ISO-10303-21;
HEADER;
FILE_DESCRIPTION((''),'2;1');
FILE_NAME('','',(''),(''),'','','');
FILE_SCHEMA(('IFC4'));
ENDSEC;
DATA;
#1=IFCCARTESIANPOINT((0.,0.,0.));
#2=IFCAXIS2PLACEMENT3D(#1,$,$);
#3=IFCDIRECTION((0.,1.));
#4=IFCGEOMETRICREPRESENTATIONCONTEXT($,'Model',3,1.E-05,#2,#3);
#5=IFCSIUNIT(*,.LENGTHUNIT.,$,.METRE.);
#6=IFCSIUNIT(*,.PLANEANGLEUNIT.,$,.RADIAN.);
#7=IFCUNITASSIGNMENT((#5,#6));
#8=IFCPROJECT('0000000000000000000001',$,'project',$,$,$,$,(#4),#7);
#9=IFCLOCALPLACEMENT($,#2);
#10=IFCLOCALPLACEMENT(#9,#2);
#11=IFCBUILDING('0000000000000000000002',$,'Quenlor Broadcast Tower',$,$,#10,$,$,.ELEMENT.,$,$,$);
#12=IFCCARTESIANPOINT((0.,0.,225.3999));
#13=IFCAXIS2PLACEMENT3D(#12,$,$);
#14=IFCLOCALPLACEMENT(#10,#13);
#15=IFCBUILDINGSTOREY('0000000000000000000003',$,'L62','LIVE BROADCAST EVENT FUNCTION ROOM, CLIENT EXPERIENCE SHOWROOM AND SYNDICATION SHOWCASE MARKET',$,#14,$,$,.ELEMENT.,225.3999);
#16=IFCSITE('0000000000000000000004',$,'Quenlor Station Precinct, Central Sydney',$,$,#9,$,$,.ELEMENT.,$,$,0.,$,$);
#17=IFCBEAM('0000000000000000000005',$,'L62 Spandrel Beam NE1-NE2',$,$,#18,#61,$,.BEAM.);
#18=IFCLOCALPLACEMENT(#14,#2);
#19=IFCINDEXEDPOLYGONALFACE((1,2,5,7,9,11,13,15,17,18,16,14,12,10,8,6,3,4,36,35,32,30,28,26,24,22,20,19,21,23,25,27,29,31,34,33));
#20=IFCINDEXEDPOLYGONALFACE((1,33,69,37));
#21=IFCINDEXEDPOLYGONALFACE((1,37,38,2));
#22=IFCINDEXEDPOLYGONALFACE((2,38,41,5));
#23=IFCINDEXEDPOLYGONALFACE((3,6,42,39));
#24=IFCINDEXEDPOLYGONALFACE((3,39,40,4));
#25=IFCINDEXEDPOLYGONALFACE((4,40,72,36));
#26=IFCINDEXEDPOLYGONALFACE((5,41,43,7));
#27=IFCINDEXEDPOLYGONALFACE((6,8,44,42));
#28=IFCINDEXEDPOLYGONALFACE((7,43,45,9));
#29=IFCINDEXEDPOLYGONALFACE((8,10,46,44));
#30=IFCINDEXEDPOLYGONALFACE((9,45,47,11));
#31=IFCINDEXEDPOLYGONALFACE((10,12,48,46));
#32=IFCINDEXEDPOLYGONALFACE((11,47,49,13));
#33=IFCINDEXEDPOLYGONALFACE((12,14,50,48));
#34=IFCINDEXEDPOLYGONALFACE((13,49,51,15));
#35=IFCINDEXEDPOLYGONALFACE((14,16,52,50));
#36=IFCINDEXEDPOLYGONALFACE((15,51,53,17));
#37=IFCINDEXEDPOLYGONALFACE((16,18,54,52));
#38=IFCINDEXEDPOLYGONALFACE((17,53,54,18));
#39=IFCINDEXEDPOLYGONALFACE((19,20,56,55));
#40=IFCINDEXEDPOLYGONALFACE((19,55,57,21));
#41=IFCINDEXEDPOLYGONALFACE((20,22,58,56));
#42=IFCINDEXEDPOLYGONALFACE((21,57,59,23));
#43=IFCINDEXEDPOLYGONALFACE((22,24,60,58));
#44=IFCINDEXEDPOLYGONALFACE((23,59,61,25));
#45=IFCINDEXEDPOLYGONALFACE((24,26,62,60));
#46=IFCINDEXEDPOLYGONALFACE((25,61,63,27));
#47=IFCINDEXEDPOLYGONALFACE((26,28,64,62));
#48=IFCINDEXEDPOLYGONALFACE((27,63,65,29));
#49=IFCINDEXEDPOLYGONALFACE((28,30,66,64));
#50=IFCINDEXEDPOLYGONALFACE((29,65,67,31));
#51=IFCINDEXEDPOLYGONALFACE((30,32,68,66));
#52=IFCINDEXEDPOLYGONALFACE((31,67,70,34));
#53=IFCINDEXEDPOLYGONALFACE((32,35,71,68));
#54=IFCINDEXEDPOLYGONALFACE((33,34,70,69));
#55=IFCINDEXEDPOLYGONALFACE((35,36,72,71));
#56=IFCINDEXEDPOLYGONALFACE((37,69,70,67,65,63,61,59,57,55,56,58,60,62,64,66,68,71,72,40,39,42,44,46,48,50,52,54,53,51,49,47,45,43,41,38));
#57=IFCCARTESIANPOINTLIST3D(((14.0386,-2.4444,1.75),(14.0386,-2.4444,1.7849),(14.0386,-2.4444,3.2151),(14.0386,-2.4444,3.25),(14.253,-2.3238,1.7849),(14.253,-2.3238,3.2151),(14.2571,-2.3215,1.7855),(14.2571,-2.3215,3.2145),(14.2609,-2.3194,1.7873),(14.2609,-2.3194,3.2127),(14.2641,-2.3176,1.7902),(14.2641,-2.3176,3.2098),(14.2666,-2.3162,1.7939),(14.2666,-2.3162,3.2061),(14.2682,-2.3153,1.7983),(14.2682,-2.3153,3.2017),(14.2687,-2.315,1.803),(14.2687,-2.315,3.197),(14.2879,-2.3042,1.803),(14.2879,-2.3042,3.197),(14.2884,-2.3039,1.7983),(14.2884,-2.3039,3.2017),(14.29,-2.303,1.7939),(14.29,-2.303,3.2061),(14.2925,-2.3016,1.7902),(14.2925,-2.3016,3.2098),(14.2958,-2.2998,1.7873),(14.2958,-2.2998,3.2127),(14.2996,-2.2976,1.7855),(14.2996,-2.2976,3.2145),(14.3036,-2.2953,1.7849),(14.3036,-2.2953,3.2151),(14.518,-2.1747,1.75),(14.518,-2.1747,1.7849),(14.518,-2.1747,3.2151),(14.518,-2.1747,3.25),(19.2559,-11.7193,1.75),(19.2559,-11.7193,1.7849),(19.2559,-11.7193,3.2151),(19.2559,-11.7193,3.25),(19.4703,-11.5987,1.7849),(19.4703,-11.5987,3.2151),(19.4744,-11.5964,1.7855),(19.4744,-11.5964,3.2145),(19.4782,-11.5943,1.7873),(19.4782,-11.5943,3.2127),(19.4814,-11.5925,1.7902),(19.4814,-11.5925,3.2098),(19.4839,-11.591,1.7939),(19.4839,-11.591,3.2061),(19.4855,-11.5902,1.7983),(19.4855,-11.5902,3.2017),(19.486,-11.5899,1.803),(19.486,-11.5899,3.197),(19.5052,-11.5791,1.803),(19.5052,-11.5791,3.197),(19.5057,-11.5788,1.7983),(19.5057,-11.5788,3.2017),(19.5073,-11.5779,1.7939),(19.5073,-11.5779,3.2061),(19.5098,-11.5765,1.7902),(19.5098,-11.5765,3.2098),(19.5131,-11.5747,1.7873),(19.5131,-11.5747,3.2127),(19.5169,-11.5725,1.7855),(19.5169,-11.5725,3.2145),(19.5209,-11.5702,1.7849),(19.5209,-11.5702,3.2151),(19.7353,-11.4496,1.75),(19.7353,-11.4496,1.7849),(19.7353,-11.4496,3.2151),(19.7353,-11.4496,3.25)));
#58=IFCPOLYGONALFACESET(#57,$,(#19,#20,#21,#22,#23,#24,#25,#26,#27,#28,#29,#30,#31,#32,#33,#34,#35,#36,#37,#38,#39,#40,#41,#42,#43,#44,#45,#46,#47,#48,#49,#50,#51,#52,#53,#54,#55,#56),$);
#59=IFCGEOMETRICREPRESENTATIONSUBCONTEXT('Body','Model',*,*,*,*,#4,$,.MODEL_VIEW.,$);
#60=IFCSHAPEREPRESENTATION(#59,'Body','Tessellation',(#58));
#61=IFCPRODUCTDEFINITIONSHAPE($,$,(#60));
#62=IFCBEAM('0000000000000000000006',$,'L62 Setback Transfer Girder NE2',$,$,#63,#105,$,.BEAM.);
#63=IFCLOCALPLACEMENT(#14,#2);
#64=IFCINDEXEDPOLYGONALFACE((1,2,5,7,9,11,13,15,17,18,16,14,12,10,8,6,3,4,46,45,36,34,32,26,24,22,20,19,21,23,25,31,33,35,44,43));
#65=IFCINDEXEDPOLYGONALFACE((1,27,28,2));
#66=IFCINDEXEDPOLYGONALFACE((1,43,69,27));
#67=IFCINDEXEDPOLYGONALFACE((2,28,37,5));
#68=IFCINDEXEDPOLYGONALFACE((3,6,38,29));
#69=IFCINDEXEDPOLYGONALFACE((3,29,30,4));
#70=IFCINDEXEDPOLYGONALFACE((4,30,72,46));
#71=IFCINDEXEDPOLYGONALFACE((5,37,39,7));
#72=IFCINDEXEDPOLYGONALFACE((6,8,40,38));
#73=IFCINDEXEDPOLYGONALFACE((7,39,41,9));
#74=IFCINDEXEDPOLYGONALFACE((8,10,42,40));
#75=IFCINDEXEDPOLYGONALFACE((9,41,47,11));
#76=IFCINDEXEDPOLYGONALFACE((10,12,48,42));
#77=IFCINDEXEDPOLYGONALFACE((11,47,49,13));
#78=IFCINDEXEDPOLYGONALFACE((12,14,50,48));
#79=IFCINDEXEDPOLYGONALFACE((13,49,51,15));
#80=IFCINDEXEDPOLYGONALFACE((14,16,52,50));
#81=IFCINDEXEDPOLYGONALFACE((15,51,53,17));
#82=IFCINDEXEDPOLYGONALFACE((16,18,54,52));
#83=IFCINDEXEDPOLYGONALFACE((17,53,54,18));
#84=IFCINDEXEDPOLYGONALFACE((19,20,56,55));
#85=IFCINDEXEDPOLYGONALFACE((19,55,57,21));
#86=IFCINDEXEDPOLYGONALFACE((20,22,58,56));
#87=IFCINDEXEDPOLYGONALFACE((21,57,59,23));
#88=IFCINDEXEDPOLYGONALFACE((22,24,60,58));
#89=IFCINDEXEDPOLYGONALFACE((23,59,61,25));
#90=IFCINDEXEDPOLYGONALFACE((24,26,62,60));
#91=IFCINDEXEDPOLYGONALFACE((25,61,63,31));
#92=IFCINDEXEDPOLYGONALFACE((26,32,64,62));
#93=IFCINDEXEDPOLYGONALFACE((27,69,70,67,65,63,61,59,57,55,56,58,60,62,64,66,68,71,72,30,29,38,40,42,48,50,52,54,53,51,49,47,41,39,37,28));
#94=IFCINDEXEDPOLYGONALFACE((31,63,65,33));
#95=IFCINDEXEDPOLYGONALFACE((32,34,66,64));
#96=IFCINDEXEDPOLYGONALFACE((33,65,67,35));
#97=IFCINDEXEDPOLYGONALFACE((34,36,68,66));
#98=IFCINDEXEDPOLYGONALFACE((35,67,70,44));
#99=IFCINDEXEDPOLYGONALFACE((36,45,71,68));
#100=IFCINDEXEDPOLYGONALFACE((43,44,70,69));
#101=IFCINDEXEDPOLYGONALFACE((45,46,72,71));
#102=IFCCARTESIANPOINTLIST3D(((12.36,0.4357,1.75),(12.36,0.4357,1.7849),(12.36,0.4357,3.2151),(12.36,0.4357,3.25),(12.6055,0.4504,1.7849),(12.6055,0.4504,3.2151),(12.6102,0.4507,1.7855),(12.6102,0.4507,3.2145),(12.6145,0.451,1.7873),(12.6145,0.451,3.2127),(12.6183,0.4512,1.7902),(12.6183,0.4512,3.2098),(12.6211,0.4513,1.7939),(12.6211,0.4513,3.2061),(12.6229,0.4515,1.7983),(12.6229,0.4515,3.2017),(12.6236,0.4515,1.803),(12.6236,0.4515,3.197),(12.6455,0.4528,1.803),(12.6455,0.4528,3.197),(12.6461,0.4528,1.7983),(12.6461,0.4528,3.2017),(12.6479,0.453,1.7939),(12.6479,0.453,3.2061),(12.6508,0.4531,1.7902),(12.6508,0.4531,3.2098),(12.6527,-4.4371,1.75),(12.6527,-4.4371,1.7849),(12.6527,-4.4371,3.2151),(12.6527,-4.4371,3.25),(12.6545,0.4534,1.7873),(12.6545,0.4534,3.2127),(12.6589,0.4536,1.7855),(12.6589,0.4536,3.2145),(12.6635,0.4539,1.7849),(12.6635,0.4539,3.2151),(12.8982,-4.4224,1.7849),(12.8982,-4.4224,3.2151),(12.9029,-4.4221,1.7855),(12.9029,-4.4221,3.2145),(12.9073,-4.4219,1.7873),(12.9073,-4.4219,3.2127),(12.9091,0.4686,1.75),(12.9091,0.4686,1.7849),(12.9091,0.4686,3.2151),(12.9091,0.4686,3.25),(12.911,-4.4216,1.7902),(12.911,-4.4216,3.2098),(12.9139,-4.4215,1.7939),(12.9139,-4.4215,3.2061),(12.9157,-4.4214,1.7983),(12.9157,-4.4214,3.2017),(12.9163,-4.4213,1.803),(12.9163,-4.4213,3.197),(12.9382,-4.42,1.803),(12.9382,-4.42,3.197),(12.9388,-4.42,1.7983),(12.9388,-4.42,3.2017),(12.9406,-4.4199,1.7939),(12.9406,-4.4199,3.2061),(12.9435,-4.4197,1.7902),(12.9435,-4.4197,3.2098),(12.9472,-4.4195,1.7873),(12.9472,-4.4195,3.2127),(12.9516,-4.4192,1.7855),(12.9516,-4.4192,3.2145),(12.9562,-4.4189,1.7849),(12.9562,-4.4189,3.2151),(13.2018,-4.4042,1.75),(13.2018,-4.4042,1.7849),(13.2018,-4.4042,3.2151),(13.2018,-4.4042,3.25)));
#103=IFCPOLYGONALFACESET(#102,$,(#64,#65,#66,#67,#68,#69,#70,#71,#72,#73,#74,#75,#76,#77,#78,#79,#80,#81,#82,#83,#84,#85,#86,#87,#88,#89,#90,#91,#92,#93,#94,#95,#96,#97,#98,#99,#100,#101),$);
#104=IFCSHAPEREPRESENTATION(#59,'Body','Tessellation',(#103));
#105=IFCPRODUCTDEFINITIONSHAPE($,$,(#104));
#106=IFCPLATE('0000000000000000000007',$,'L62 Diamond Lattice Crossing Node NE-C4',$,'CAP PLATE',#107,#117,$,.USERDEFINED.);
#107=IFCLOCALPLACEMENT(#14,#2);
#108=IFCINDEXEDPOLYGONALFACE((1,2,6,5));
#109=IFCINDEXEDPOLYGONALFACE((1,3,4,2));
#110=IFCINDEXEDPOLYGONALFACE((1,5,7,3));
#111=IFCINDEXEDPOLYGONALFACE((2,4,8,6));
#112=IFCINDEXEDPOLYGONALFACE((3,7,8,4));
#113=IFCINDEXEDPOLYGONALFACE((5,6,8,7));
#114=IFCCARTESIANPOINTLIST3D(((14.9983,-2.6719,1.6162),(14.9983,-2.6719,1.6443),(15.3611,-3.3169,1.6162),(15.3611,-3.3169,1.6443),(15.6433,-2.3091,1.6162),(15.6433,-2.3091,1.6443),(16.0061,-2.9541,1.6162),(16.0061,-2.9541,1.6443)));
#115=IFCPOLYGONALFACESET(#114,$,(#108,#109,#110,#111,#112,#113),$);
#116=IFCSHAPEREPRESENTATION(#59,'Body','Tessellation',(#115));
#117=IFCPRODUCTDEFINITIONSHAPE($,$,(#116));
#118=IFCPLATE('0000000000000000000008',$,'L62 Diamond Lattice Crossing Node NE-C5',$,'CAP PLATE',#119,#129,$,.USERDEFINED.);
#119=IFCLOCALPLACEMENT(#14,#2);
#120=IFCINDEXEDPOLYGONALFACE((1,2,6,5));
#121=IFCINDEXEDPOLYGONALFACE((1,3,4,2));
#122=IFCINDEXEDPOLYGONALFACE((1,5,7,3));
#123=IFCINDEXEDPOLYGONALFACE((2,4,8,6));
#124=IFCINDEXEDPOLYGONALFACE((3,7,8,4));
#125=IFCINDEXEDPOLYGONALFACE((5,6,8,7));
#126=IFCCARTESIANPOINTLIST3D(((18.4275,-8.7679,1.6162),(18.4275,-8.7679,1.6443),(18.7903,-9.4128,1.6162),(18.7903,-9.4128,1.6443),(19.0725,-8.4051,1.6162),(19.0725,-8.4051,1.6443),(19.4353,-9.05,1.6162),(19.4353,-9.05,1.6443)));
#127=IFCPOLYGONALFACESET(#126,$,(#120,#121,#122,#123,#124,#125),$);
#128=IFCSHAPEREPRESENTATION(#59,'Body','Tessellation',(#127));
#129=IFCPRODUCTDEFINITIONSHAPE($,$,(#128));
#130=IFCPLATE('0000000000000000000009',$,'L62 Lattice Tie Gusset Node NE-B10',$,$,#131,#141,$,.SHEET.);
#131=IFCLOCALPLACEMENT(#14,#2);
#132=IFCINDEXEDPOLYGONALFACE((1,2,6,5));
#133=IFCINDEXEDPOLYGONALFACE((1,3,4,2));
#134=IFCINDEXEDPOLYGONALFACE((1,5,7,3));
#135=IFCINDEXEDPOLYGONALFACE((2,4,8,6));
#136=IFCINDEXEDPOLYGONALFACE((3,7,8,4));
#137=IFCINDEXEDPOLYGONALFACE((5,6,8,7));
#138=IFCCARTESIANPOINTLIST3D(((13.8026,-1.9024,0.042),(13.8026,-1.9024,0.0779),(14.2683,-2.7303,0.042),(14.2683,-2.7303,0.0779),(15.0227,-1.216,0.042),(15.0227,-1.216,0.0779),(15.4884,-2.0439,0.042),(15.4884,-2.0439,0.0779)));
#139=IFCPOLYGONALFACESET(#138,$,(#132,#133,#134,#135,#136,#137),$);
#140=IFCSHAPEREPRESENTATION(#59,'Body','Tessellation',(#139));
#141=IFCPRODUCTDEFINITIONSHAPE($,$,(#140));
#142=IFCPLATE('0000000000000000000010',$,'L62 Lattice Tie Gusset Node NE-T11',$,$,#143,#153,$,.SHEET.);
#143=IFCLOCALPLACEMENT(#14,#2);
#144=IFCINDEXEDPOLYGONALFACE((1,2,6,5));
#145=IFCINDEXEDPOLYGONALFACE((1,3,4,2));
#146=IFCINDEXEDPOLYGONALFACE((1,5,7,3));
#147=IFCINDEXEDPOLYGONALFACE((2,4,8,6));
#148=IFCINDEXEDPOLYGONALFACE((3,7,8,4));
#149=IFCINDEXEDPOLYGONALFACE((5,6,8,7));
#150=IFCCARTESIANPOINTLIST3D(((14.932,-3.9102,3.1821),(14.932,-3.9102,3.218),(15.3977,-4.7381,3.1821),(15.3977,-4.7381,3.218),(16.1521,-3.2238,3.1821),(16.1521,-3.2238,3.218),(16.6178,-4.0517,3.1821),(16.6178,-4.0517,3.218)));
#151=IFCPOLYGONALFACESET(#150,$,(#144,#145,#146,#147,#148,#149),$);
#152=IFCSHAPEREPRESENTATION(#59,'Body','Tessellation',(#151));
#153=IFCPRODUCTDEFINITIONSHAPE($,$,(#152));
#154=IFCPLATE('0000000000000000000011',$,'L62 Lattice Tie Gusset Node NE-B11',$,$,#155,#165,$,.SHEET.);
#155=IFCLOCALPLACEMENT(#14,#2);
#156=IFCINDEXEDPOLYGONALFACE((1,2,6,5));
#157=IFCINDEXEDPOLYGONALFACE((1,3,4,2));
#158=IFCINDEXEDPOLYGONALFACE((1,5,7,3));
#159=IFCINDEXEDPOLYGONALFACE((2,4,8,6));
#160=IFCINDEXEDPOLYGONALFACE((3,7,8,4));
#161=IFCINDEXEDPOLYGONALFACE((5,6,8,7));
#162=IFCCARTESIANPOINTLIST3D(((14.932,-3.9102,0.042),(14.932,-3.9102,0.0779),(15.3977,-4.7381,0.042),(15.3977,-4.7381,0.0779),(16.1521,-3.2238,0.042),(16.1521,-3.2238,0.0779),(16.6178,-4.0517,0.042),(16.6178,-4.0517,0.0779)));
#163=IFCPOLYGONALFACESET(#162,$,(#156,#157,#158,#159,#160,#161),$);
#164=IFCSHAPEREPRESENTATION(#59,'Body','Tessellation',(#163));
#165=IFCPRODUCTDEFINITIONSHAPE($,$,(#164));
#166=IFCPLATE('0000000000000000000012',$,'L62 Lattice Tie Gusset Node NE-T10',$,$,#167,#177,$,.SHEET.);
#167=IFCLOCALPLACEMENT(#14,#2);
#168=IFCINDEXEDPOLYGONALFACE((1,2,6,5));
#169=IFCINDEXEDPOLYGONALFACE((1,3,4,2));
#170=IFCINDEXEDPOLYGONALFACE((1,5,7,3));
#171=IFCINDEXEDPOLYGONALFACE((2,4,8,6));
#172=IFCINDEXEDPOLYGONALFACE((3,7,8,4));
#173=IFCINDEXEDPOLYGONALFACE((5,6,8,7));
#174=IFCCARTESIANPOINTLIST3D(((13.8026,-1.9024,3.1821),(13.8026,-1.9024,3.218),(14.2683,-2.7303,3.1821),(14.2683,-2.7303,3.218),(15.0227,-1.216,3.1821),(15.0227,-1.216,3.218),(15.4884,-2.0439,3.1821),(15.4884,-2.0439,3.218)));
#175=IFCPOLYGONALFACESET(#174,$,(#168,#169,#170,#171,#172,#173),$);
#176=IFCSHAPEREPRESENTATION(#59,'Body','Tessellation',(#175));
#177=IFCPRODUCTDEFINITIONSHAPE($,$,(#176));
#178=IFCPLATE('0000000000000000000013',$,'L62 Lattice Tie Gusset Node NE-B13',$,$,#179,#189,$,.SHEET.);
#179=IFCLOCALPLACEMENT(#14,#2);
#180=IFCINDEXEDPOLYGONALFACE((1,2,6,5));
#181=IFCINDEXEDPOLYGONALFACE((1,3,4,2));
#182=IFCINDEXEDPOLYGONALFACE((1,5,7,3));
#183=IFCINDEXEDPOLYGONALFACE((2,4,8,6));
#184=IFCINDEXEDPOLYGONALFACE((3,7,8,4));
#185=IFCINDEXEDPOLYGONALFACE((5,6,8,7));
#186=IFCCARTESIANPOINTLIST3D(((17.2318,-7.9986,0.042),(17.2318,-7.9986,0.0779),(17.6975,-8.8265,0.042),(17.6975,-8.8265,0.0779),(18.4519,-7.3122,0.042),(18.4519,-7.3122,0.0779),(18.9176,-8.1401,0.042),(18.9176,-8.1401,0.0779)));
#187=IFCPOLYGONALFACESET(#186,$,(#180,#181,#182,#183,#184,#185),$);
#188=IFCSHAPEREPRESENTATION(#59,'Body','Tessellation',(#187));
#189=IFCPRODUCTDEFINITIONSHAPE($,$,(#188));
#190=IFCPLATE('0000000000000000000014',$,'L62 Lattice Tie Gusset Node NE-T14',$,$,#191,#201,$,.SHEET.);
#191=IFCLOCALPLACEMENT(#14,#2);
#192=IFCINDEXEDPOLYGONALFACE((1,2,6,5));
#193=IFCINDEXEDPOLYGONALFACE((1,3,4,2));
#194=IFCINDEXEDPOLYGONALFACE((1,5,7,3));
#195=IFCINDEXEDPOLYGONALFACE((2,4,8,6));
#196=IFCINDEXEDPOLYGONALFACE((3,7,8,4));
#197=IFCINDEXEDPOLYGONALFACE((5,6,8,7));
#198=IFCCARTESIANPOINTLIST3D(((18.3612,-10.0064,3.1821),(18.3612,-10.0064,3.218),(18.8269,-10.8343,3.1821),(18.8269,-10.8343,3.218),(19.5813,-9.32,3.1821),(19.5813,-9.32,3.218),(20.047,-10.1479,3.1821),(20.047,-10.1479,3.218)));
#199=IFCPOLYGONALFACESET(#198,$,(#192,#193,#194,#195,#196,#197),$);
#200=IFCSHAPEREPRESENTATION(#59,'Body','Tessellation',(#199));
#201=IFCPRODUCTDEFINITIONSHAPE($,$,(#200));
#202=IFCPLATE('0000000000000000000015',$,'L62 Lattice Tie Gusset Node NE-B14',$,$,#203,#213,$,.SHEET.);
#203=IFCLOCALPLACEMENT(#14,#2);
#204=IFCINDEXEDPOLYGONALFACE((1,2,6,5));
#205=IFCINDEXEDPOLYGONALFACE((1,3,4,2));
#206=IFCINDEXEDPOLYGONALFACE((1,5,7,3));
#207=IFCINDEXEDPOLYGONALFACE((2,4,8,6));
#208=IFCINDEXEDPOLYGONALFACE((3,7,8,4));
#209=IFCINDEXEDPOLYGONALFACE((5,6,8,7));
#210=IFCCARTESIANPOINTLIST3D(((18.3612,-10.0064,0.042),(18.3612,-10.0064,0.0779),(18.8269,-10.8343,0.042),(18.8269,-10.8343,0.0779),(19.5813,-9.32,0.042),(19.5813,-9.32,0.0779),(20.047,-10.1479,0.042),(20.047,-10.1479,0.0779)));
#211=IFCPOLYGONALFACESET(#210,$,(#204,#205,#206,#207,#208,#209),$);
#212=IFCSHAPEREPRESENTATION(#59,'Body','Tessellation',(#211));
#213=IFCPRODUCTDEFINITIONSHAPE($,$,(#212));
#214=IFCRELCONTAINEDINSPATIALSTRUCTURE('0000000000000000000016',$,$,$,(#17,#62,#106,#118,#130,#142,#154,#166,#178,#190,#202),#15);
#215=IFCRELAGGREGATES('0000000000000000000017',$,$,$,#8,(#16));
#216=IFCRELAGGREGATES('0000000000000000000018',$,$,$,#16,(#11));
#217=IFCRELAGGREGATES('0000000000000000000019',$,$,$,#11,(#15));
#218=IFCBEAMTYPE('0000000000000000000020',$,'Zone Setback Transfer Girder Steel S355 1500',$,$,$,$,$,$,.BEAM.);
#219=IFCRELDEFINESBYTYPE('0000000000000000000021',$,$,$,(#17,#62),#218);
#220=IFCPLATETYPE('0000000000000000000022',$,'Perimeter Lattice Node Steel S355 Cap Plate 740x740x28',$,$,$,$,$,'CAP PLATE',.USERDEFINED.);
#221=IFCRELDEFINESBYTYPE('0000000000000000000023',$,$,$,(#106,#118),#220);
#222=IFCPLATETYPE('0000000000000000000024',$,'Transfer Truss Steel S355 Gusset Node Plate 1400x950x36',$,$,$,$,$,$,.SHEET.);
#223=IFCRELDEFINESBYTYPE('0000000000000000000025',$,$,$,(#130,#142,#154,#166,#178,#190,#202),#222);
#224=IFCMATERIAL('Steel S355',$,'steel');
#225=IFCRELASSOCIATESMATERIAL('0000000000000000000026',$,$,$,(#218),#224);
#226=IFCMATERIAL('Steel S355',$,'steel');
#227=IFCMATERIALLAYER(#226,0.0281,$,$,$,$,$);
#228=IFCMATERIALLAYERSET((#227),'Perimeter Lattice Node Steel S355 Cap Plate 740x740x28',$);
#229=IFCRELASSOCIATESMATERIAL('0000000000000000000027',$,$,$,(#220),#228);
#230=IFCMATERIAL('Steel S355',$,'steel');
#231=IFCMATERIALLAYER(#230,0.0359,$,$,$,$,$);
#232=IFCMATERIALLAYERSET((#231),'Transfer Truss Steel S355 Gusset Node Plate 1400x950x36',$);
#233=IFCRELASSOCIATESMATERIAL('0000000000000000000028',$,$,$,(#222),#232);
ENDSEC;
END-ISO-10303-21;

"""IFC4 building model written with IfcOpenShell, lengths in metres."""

from ifc_helpers import new_model, si_unit, direction, frame, origin, origin_2d, place, context, subcontext, project, spatial, rectangle, i_section, extrude, material, layer, layer_set, material_profile, profile_set, type_object, element, save


model = new_model("IFC4")

# Units and contexts
model_context = context("Model", 3, precision=1e-05, world=origin(), true_north=direction((0.0, 1.0)))
body_context = subcontext(model_context, "Body", "Model", "MODEL_VIEW")
ifc_project = project(units=[si_unit("LENGTHUNIT", "METRE"), si_unit("PLANEANGLEUNIT", "RADIAN")], contexts=[model_context])

# Site, building, storey
site_placement = place(None, origin())
site = spatial("IfcSite", under=ifc_project, at=site_placement, Name="Quenlor Station Precinct, Central Sydney", CompositionType="ELEMENT", RefElevation=0.0)
building_placement = place(site_placement, origin())
building = spatial("IfcBuilding", under=site, at=building_placement, Name="Quenlor Broadcast Tower", CompositionType="ELEMENT")
storey_placement = place(building_placement, frame((0.0, 0.0, 225.3999)))
storey = spatial("IfcBuildingStorey", under=building, at=storey_placement, Name="L62", Description="LIVE BROADCAST EVENT FUNCTION ROOM, CLIENT EXPERIENCE SHOWROOM AND SYNDICATION SHOWCASE MARKET", CompositionType="ELEMENT", Elevation=225.3999)

# Beams
ifc_material_1 = material(Name="Steel S355", Category="steel")
ifc_material_profile_1 = material_profile(ifc_material_1, i_section(OverallWidth=0.55, OverallDepth=1.5, WebThickness=0.022, FlangeThickness=0.0349, FilletRadius=0.0181, at=origin_2d()))
ifc_profile_set_1 = profile_set([ifc_material_profile_1], Name="Steel S355 1500TG510")
beam_type_1 = type_object("IfcBeamType", Name="Zone Setback Transfer Girder Steel S355 1500", PredefinedType="BEAM", material=ifc_profile_set_1)
beam_1_placement = place(storey_placement, frame((19.4956, -11.5845, 2.5), z_axis=(-0.490272, 0.871569, 0.0), x_axis=(-0.871569, -0.490272, 0.0)))
element("IfcBeam", 1, at=beam_1_placement, inside=storey, type_object=beam_type_1, Name="L62 Spandrel Beam NE1-NE2", PredefinedType="BEAM", context=body_context, shape_type="SweptSolid", body=[
    extrude(i_section(OverallWidth=0.55, OverallDepth=1.5, WebThickness=0.022, FlangeThickness=0.0349, FilletRadius=0.0181, at=origin_2d()), origin(), (0.0, 0.0, 1.0), 10.6416),
])
beam_2_placement = place(storey_placement, frame((12.9272, -4.4207, 2.5), z_axis=(-0.059965, 0.9982, 0.0), x_axis=(-0.9982, -0.059965, 0.0)))
element("IfcBeam", 2, at=beam_2_placement, inside=storey, type_object=beam_type_1, Name="L62 Setback Transfer Girder NE2", PredefinedType="BEAM", context=body_context, shape_type="SweptSolid", body=[
    extrude(i_section(OverallWidth=0.55, OverallDepth=1.5, WebThickness=0.022, FlangeThickness=0.0349, FilletRadius=0.0181, at=origin_2d()), origin(), (0.0, 0.0, 1.0), 4.8816),
])

# Plates
ifc_material_2 = material(Name="Steel S355", Category="steel")
ifc_layer_1 = layer(ifc_material_2, 0.0281)
ifc_layer_set_1 = layer_set([ifc_layer_1], Name="Perimeter Lattice Node Steel S355 Cap Plate 740x740x28")
plate_type_1 = type_object("IfcPlateType", Name="Perimeter Lattice Node Steel S355 Cap Plate 740x740x28", ElementType="CAP PLATE", PredefinedType="USERDEFINED", material=ifc_layer_set_1)
for number, where, z_axis, x_axis, name in (
    (3, (15.5022, -2.813, 1.6162), (0.0, 0.0, 1.0), (0.490295, -0.871556, 0.0), "L62 Diamond Lattice Crossing Node NE-C4"),
    (4, (18.9314, -8.9089, 1.6162), (0.0, 0.0, 1.0), (0.490295, -0.871556, 0.0), "L62 Diamond Lattice Crossing Node NE-C5"),
):
    element("IfcPlate", number, at=place(storey_placement, frame(where, z_axis=z_axis, x_axis=x_axis)), inside=storey, type_object=plate_type_1, Name=name, ObjectType="CAP PLATE", PredefinedType="USERDEFINED", context=body_context, shape_type="SweptSolid", body=[
        extrude(rectangle(XDim=0.74, YDim=0.74, at=origin_2d()), origin(), (0.0, 0.0, 1.0), 0.0281),
    ])
ifc_material_3 = material(Name="Steel S355", Category="steel")
ifc_layer_2 = layer(ifc_material_3, 0.0359)
ifc_layer_set_2 = layer_set([ifc_layer_2], Name="Transfer Truss Steel S355 Gusset Node Plate 1400x950x36")
plate_type_2 = type_object("IfcPlateType", Name="Transfer Truss Steel S355 Gusset Node Plate 1400x950x36", PredefinedType="SHEET", material=ifc_layer_set_2)
for number, where, z_axis, x_axis, name in (
    (5, (14.6455, -1.9731, 0.042), (0.0, 0.0, 1.0), (0.871556, 0.490295, 0.0), "L62 Lattice Tie Gusset Node NE-B10"),
    (6, (15.7749, -3.981, 3.1821), (0.0, 0.0, 1.0), (0.871556, 0.490295, 0.0), "L62 Lattice Tie Gusset Node NE-T11"),
    (7, (15.7749, -3.981, 0.042), (0.0, 0.0, 1.0), (0.871556, 0.490295, 0.0), "L62 Lattice Tie Gusset Node NE-B11"),
    (8, (14.6455, -1.9731, 3.1821), (0.0, 0.0, 1.0), (0.871556, 0.490295, 0.0), "L62 Lattice Tie Gusset Node NE-T10"),
    (9, (18.0747, -8.0693, 0.042), (0.0, 0.0, 1.0), (0.871556, 0.490295, 0.0), "L62 Lattice Tie Gusset Node NE-B13"),
    (10, (19.2041, -10.0771, 3.1821), (0.0, 0.0, 1.0), (0.871556, 0.490295, 0.0), "L62 Lattice Tie Gusset Node NE-T14"),
    (11, (19.2041, -10.0771, 0.042), (0.0, 0.0, 1.0), (0.871556, 0.490295, 0.0), "L62 Lattice Tie Gusset Node NE-B14"),
):
    element("IfcPlate", number, at=place(storey_placement, frame(where, z_axis=z_axis, x_axis=x_axis)), inside=storey, type_object=plate_type_2, Name=name, PredefinedType="SHEET", context=body_context, shape_type="SweptSolid", body=[
        extrude(rectangle(XDim=1.3999, YDim=0.95, at=origin_2d()), origin(), (0.0, 0.0, 1.0), 0.0359),
    ])

save(model, "model.ifc")
